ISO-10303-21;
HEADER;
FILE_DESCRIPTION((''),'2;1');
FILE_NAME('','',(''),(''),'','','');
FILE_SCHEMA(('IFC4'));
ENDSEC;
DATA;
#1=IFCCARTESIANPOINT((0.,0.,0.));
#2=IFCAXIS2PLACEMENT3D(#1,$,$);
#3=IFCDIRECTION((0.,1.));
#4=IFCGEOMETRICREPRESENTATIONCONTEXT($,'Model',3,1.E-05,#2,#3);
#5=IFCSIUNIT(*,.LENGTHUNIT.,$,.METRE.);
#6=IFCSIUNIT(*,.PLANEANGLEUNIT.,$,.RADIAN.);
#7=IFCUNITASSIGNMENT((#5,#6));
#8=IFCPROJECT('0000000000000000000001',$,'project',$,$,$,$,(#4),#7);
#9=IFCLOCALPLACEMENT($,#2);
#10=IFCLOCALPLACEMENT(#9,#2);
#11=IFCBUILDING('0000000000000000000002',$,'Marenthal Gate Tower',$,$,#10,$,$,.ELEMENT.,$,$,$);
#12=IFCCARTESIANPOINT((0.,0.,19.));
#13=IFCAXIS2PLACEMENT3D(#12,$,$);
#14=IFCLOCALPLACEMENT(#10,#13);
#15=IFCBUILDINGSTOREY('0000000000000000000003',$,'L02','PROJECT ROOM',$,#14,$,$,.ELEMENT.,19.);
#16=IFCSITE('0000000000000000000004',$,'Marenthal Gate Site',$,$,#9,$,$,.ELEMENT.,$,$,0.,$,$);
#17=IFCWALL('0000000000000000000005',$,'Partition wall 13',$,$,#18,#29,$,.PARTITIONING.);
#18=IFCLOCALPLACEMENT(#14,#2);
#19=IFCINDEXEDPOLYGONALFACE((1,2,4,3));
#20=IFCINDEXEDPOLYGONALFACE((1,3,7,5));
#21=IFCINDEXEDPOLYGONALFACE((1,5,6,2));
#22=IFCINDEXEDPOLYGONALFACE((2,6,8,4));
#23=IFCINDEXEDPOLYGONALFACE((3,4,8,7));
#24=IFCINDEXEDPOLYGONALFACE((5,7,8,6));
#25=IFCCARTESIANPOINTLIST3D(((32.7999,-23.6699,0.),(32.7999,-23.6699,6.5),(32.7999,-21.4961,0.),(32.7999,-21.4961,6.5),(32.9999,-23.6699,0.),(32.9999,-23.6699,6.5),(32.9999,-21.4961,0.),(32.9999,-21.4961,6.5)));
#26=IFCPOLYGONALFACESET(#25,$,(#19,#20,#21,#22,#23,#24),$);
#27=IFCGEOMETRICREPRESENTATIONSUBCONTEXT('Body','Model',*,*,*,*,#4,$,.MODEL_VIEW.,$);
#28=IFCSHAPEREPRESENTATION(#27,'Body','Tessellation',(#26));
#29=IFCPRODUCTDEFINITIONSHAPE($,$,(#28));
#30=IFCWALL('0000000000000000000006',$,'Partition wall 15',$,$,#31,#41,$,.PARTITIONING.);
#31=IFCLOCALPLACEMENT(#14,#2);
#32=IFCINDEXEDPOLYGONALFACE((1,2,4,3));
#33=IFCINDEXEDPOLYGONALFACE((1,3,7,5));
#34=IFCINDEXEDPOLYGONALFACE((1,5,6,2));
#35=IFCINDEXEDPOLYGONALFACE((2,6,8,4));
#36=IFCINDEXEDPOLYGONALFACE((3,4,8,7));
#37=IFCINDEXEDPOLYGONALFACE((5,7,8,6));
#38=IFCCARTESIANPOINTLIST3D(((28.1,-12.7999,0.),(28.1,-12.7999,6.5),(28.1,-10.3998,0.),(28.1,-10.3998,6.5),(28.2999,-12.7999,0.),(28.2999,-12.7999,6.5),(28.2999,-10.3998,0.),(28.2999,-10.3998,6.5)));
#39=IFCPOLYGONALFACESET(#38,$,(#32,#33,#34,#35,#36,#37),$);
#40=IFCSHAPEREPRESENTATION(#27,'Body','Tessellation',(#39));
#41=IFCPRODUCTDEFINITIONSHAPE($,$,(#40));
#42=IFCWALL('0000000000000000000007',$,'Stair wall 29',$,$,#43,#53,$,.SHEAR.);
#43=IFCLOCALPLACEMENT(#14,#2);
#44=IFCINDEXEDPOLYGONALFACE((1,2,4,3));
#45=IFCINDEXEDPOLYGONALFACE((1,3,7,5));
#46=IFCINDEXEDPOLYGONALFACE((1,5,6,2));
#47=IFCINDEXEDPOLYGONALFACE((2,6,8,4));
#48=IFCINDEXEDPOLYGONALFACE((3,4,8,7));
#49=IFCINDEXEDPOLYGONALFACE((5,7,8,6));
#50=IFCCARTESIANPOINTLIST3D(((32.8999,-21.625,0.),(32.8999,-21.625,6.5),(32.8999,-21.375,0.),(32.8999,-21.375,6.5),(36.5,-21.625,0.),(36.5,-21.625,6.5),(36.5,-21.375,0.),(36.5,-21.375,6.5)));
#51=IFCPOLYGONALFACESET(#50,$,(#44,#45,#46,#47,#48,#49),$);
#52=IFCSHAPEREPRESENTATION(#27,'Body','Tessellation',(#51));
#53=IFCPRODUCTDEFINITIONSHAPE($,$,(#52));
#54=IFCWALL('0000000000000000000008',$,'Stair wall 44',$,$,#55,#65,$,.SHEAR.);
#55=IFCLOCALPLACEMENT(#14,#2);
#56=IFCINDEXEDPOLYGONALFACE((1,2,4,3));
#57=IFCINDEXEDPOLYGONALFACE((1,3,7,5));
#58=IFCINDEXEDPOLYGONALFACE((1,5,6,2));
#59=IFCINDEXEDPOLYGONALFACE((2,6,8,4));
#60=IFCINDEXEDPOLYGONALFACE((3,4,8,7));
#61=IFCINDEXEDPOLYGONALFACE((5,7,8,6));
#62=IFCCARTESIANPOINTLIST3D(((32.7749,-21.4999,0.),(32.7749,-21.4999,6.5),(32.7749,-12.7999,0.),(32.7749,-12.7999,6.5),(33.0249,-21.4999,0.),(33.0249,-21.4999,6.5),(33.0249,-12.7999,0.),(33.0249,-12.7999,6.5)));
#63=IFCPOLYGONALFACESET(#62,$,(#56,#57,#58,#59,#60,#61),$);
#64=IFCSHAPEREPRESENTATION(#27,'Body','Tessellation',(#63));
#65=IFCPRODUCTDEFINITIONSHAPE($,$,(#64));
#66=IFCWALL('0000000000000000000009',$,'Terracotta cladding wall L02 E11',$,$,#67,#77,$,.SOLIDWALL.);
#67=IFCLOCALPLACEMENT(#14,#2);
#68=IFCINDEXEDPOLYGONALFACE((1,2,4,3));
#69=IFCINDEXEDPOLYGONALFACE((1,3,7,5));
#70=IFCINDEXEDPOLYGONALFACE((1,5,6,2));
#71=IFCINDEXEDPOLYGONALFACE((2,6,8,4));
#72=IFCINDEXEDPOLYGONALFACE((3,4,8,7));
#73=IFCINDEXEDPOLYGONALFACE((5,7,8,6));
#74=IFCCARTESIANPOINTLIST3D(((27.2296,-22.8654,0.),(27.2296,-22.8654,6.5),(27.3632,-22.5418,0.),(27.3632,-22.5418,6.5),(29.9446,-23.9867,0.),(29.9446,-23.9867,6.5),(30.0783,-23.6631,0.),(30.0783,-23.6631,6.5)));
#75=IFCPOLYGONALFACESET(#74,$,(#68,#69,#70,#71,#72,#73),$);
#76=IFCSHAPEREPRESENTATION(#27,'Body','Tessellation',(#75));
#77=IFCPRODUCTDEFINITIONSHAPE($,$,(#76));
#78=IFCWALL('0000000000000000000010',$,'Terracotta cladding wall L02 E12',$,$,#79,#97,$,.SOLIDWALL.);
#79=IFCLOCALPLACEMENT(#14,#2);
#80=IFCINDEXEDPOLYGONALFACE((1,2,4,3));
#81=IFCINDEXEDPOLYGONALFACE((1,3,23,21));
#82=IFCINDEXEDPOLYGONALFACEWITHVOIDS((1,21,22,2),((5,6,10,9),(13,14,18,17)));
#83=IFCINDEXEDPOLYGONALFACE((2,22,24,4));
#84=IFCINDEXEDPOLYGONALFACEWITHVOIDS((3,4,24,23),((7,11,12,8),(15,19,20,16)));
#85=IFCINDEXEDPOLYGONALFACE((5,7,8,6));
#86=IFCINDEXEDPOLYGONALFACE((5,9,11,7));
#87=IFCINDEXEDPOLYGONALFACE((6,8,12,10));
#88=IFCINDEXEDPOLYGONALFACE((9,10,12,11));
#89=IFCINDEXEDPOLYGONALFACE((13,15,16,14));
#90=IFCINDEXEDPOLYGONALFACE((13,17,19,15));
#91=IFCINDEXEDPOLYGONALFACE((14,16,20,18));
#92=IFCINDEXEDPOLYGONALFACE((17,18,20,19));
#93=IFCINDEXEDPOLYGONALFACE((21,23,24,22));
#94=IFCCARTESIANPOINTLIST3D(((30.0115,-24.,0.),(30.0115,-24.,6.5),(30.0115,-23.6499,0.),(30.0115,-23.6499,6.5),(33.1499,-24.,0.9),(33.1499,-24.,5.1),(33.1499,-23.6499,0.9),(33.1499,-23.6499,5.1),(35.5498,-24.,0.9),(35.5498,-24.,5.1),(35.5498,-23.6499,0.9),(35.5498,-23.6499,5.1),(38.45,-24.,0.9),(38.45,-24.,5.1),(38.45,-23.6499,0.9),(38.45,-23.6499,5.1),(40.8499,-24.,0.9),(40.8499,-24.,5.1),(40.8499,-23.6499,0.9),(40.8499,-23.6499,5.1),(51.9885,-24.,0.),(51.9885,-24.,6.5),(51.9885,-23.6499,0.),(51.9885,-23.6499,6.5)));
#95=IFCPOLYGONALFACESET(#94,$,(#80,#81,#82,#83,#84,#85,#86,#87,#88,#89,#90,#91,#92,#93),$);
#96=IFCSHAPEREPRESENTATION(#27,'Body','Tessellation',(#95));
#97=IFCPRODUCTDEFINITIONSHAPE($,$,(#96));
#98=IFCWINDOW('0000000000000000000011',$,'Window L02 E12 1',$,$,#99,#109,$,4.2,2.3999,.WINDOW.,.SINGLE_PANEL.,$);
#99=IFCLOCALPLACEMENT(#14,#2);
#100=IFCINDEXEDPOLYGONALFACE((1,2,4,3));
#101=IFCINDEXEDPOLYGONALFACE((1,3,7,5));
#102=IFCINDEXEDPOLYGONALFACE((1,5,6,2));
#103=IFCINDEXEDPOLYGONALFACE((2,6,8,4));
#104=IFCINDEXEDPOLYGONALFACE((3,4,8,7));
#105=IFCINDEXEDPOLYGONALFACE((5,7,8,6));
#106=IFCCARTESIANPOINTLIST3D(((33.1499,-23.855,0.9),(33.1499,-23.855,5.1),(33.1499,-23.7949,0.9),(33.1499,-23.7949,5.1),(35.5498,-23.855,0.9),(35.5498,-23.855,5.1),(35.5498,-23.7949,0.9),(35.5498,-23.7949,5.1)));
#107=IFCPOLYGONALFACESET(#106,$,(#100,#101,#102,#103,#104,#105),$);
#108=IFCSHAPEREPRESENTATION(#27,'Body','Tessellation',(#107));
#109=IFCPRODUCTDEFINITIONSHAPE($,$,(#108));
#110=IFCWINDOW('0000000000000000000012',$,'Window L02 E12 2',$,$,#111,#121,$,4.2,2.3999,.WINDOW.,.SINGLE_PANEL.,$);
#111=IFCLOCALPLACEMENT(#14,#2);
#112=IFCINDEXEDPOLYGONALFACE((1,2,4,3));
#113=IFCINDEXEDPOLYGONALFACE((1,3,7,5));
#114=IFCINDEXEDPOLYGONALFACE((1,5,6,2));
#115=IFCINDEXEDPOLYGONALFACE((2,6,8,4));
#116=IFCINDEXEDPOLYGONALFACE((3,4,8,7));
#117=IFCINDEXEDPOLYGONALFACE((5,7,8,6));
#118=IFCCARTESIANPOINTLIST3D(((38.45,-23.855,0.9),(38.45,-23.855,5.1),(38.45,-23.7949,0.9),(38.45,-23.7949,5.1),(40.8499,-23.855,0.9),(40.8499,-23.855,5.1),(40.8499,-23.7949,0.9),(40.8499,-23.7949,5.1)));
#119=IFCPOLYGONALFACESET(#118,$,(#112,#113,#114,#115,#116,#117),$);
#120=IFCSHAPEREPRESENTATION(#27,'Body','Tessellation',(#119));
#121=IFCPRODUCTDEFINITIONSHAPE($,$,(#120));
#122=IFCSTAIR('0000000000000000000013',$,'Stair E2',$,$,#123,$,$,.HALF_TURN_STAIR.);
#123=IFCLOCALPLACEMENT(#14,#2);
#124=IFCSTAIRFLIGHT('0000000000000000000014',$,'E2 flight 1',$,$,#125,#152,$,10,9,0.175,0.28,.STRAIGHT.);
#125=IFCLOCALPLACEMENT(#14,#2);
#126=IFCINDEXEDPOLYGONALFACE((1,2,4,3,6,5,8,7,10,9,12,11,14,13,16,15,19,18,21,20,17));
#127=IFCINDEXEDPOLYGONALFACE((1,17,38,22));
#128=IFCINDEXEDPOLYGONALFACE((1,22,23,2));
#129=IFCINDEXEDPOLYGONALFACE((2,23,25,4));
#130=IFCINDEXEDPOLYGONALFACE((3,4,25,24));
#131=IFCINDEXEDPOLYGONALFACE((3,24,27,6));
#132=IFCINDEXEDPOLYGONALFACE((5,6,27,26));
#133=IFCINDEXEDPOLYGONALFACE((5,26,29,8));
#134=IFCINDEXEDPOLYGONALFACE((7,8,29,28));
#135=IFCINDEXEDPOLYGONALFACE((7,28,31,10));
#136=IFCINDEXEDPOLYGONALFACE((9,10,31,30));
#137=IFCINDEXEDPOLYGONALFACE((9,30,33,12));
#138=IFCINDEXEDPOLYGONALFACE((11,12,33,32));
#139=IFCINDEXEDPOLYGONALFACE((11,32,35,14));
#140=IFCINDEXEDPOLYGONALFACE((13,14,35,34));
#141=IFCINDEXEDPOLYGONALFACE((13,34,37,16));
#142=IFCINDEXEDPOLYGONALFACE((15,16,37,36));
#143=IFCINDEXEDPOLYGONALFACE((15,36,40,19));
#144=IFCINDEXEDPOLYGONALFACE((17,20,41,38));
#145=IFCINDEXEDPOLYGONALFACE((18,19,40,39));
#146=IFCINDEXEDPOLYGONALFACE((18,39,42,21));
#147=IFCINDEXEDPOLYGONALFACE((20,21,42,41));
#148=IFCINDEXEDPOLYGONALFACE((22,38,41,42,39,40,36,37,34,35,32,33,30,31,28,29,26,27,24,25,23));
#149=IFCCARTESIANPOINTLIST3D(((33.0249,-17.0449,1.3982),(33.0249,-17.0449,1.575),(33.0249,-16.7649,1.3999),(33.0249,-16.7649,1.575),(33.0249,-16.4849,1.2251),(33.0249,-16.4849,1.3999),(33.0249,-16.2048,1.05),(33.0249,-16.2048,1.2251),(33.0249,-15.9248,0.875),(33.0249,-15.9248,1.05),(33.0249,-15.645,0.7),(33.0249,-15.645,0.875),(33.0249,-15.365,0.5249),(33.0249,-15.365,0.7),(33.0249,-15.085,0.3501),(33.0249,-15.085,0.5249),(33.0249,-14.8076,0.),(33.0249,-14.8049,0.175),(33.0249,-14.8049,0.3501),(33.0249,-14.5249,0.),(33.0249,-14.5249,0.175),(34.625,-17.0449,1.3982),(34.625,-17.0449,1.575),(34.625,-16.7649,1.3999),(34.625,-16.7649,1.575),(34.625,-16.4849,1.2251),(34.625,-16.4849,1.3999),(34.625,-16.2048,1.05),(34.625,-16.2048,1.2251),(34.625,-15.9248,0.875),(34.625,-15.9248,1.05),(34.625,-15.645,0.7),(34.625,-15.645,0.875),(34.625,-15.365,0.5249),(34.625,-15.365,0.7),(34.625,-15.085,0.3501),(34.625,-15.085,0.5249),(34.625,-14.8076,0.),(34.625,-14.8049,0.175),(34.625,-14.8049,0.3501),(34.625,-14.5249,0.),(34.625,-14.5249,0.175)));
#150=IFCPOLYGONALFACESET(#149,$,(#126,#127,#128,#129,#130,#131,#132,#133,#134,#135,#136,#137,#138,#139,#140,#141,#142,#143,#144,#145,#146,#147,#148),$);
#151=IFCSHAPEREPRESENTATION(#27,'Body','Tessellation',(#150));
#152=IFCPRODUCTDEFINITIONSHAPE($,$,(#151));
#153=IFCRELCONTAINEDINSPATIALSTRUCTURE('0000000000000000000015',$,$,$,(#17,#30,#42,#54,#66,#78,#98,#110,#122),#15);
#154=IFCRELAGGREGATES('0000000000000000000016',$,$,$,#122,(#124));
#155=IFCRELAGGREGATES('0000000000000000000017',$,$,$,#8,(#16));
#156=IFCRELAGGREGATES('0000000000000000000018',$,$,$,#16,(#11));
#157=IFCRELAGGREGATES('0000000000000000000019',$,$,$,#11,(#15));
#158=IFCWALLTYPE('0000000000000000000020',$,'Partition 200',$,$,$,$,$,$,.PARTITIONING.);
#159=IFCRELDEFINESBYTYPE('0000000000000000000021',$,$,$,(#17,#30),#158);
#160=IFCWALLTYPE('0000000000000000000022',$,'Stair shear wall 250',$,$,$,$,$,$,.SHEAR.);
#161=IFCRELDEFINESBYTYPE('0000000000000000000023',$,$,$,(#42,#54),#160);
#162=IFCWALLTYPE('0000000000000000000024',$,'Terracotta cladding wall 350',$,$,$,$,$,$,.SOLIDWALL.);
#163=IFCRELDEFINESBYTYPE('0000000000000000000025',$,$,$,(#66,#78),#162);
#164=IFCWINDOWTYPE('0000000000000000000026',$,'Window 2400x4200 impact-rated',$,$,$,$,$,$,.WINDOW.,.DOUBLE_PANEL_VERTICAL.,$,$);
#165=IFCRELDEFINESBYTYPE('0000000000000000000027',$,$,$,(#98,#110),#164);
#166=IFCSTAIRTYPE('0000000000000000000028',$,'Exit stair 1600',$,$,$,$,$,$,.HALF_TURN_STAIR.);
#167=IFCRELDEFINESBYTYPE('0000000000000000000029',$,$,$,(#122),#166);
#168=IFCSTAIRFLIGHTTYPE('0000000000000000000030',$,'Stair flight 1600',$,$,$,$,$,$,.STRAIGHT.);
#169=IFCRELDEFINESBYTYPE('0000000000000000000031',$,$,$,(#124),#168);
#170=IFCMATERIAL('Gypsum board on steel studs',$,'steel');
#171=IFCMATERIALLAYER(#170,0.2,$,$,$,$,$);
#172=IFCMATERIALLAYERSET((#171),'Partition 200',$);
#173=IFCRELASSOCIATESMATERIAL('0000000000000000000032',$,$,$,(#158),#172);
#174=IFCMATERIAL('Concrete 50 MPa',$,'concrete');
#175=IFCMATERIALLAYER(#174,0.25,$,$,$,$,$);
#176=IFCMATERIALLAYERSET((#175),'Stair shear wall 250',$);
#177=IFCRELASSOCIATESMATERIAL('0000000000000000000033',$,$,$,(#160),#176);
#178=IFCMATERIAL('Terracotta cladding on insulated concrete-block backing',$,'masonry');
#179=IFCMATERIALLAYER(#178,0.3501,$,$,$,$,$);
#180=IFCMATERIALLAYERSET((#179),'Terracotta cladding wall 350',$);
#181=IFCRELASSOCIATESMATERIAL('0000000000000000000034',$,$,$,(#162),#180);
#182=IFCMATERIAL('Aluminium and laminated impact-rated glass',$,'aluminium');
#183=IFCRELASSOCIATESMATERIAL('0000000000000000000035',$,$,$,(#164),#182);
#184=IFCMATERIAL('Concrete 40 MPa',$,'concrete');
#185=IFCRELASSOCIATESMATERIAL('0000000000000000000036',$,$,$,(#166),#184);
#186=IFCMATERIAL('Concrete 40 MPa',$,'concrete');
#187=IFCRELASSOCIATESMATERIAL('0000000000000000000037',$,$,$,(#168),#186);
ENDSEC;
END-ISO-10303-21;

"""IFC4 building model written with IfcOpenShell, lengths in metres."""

from ifc_helpers import new_model, si_unit, direction, frame, frame_2d, origin, place, context, subcontext, project, spatial, polyline, rectangle, outline, extrude, material, layer, layer_set, type_object, element, fill, aggregate, save


model = new_model("IFC4")

# Units and contexts
model_context = context("Model", 3, precision=1e-05, world=origin(), true_north=direction((0.0, 1.0)))
body_context = subcontext(model_context, "Body", "Model", "MODEL_VIEW")
ifc_project = project(units=[si_unit("LENGTHUNIT", "METRE"), si_unit("PLANEANGLEUNIT", "RADIAN")], contexts=[model_context])

# Site, building, storey
site_placement = place(None, origin())
site = spatial("IfcSite", under=ifc_project, at=site_placement, Name="Marenthal Gate Site", CompositionType="ELEMENT", RefElevation=0.0)
building_placement = place(site_placement, origin())
building = spatial("IfcBuilding", under=site, at=building_placement, Name="Marenthal Gate Tower", CompositionType="ELEMENT")
storey_placement = place(building_placement, frame((0.0, 0.0, 19.0)))
storey = spatial("IfcBuildingStorey", under=building, at=storey_placement, Name="L02", Description="PROJECT ROOM", CompositionType="ELEMENT", Elevation=19.0)

# Walls
ifc_material_1 = material(Name="Gypsum board on steel studs", Category="steel")
ifc_layer_1 = layer(ifc_material_1, 0.2)
ifc_layer_set_1 = layer_set([ifc_layer_1], Name="Partition 200")
wall_type_1 = type_object("IfcWallType", Name="Partition 200", PredefinedType="PARTITIONING", material=ifc_layer_set_1)
wall_1_placement = place(storey_placement, frame((32.8999, -23.6699, 0.0), z_axis=(0.0, 0.0, 1.0), x_axis=(0.0, 1.0, 0.0)))
element("IfcWall", 1, at=wall_1_placement, inside=storey, type_object=wall_type_1, Name="Partition wall 13", PredefinedType="PARTITIONING", context=body_context, shape_type="SweptSolid", body=[
    extrude(rectangle(XDim=2.1738, YDim=0.2, at=frame_2d((1.0869, 0.0))), origin(), (0.0, 0.0, 1.0), 6.5),
])
wall_2_placement = place(storey_placement, frame((28.2, -12.8, 0.0), z_axis=(0.0, 0.0, 1.0), x_axis=(0.0, 1.0, 0.0)))
element("IfcWall", 2, at=wall_2_placement, inside=storey, type_object=wall_type_1, Name="Partition wall 15", PredefinedType="PARTITIONING", context=body_context, shape_type="SweptSolid", body=[
    extrude(rectangle(XDim=2.4001, YDim=0.2, at=frame_2d((1.2002, 0.0))), origin(), (0.0, 0.0, 1.0), 6.5),
])
ifc_material_2 = material(Name="Concrete 50 MPa", Category="concrete")
ifc_layer_2 = layer(ifc_material_2, 0.25)
ifc_layer_set_2 = layer_set([ifc_layer_2], Name="Stair shear wall 250")
wall_type_2 = type_object("IfcWallType", Name="Stair shear wall 250", PredefinedType="SHEAR", material=ifc_layer_set_2)
wall_3_placement = place(storey_placement, frame((32.8999, -21.5, 0.0), z_axis=(0.0, 0.0, 1.0), x_axis=(1.0, 0.0, 0.0)))
element("IfcWall", 3, at=wall_3_placement, inside=storey, type_object=wall_type_2, Name="Stair wall 29", PredefinedType="SHEAR", context=body_context, shape_type="SweptSolid", body=[
    extrude(rectangle(XDim=3.6001, YDim=0.25, at=frame_2d((1.8, 0.0))), origin(), (0.0, 0.0, 1.0), 6.5),
])
wall_4_placement = place(storey_placement, frame((32.8999, -21.5, 0.0), z_axis=(0.0, 0.0, 1.0), x_axis=(0.0, 1.0, 0.0)))
element("IfcWall", 4, at=wall_4_placement, inside=storey, type_object=wall_type_2, Name="Stair wall 44", PredefinedType="SHEAR", context=body_context, shape_type="SweptSolid", body=[
    extrude(rectangle(XDim=8.7, YDim=0.25, at=frame_2d((4.3501, 0.0))), origin(), (0.0, 0.0, 1.0), 6.5),
])
ifc_material_3 = material(Name="Terracotta cladding on insulated concrete-block backing", Category="masonry")
ifc_layer_3 = layer(ifc_material_3, 0.3501)
ifc_layer_set_3 = layer_set([ifc_layer_3], Name="Terracotta cladding wall 350")
wall_type_3 = type_object("IfcWallType", Name="Terracotta cladding wall 350", PredefinedType="SOLIDWALL", material=ifc_layer_set_3)
wall_5_placement = place(storey_placement, frame((27.2964, -22.7036, 0.0), z_axis=(0.0, 0.0, 1.0), x_axis=(0.924275, -0.381728, 0.0)))
element("IfcWall", 5, at=wall_5_placement, inside=storey, type_object=wall_type_3, Name="Terracotta cladding wall L02 E11", PredefinedType="SOLIDWALL", context=body_context, shape_type="SweptSolid", body=[
    extrude(rectangle(XDim=2.9375, YDim=0.3501, at=frame_2d((1.4688, 0.0))), origin(), (0.0, 0.0, 1.0), 6.5),
])

# Wall, openings, windows
wall_6_placement = place(storey_placement, frame((30.0115, -23.825, 0.0), z_axis=(0.0, 0.0, 1.0), x_axis=(1.0, 0.0, 0.0)))
wall_6 = element("IfcWall", 6, at=wall_6_placement, inside=storey, type_object=wall_type_3, Name="Terracotta cladding wall L02 E12", PredefinedType="SOLIDWALL", context=body_context, shape_type="SweptSolid", body=[
    extrude(rectangle(XDim=21.9771, YDim=0.3501, at=frame_2d((10.9885, 0.0))), origin(), (0.0, 0.0, 1.0), 6.5),
])
opening_1_placement = place(wall_6_placement, frame((3.1384, 0.0, 0.8999)))
opening_1 = element("IfcOpeningElement", 7, at=opening_1_placement, cuts=wall_6, PredefinedType="OPENING", context=body_context, shape_type="SweptSolid", body=[
    extrude(rectangle(XDim=2.3999, YDim=4.2, at=frame_2d((1.2, 2.1001))), frame((0.0, 0.1851, 0.0), z_axis=(0.0, -1.0, 0.0), x_axis=(1.0, 0.0, 0.0)), (0.0, 0.0, 1.0), 0.3701),
])
opening_2_placement = place(wall_6_placement, frame((8.4385, 0.0, 0.8999)))
opening_2 = element("IfcOpeningElement", 8, at=opening_2_placement, cuts=wall_6, PredefinedType="OPENING", context=body_context, shape_type="SweptSolid", body=[
    extrude(rectangle(XDim=2.3999, YDim=4.2, at=frame_2d((1.2, 2.1001))), frame((0.0, 0.1851, 0.0), z_axis=(0.0, -1.0, 0.0), x_axis=(1.0, 0.0, 0.0)), (0.0, 0.0, 1.0), 0.3701),
])
ifc_material_4 = material(Name="Aluminium and laminated impact-rated glass", Category="aluminium")
window_type = type_object("IfcWindowType", Name="Window 2400x4200 impact-rated", PartitioningType="DOUBLE_PANEL_VERTICAL", PredefinedType="WINDOW", material=ifc_material_4)
window_1_placement = place(opening_1_placement, origin())
window_1 = element("IfcWindow", 9, at=window_1_placement, inside=storey, type_object=window_type, Name="Window L02 E12 1", OverallHeight=4.2, OverallWidth=2.3999, PartitioningType="SINGLE_PANEL", PredefinedType="WINDOW", context=body_context, shape_type="SweptSolid", body=[
    extrude(rectangle(XDim=2.3999, YDim=4.2, at=frame_2d((1.2, 2.1001))), frame((0.0, 0.03, 0.0), z_axis=(0.0, -1.0, 0.0), x_axis=(1.0, 0.0, 0.0)), (0.0, 0.0, 1.0), 0.0601),
])
fill(opening_1, window_1)
window_2_placement = place(opening_2_placement, origin())
window_2 = element("IfcWindow", 10, at=window_2_placement, inside=storey, type_object=window_type, Name="Window L02 E12 2", OverallHeight=4.2, OverallWidth=2.3999, PartitioningType="SINGLE_PANEL", PredefinedType="WINDOW", context=body_context, shape_type="SweptSolid", body=[
    extrude(rectangle(XDim=2.3999, YDim=4.2, at=frame_2d((1.2, 2.1001))), frame((0.0, 0.03, 0.0), z_axis=(0.0, -1.0, 0.0), x_axis=(1.0, 0.0, 0.0)), (0.0, 0.0, 1.0), 0.0601),
])
fill(opening_2, window_2)

# Stair, stair flight
ifc_material_5 = material(Name="Concrete 40 MPa", Category="concrete")
stair_type = type_object("IfcStairType", Name="Exit stair 1600", PredefinedType="HALF_TURN_STAIR", material=ifc_material_5)
stair_placement = place(storey_placement, origin())
stair = element("IfcStair", 11, at=stair_placement, inside=storey, type_object=stair_type, Name="Stair E2", PredefinedType="HALF_TURN_STAIR")
ifc_material_6 = material(Name="Concrete 40 MPa", Category="concrete")
stair_flight_type = type_object("IfcStairFlightType", Name="Stair flight 1600", PredefinedType="STRAIGHT", material=ifc_material_6)
stair_flight_placement = place(storey_placement, frame((33.825, -14.5249, 0.0), z_axis=(0.0, 0.0, 1.0), x_axis=(0.0, -1.0, 0.0)))
stair_flight = element("IfcStairFlight", 12, at=stair_flight_placement, type_object=stair_flight_type, Name="E2 flight 1", NumberOfRisers=10, NumberOfTreads=9, PredefinedType="STRAIGHT", RiserHeight=0.175, TreadLength=0.28, context=body_context, shape_type="SweptSolid", body=[
    extrude(outline(polyline([(0.0, 0.0), (0.0, 0.175), (0.28, 0.175), (0.28, 0.3501), (0.5601, 0.3501), (0.5601, 0.5249), (0.8401, 0.5249), (0.8401, 0.7), (1.1201, 0.7), (1.1201, 0.875), (1.3999, 0.875), (1.3999, 1.05), (1.6799, 1.05), (1.6799, 1.2251), (1.96, 1.2251), (1.96, 1.3999), (2.24, 1.3999), (2.24, 1.575), (2.52, 1.575), (2.52, 1.75), (2.52, 1.3982), (0.2827, 0.0), (0.0, 0.0)])), frame((0.0, 0.8, 0.0), z_axis=(0.0, -1.0, 0.0), x_axis=(1.0, 0.0, 0.0)), (0.0, 0.0, 1.0), 1.6001),
])
aggregate(stair, [stair_flight])

save(model, "model.ifc")
